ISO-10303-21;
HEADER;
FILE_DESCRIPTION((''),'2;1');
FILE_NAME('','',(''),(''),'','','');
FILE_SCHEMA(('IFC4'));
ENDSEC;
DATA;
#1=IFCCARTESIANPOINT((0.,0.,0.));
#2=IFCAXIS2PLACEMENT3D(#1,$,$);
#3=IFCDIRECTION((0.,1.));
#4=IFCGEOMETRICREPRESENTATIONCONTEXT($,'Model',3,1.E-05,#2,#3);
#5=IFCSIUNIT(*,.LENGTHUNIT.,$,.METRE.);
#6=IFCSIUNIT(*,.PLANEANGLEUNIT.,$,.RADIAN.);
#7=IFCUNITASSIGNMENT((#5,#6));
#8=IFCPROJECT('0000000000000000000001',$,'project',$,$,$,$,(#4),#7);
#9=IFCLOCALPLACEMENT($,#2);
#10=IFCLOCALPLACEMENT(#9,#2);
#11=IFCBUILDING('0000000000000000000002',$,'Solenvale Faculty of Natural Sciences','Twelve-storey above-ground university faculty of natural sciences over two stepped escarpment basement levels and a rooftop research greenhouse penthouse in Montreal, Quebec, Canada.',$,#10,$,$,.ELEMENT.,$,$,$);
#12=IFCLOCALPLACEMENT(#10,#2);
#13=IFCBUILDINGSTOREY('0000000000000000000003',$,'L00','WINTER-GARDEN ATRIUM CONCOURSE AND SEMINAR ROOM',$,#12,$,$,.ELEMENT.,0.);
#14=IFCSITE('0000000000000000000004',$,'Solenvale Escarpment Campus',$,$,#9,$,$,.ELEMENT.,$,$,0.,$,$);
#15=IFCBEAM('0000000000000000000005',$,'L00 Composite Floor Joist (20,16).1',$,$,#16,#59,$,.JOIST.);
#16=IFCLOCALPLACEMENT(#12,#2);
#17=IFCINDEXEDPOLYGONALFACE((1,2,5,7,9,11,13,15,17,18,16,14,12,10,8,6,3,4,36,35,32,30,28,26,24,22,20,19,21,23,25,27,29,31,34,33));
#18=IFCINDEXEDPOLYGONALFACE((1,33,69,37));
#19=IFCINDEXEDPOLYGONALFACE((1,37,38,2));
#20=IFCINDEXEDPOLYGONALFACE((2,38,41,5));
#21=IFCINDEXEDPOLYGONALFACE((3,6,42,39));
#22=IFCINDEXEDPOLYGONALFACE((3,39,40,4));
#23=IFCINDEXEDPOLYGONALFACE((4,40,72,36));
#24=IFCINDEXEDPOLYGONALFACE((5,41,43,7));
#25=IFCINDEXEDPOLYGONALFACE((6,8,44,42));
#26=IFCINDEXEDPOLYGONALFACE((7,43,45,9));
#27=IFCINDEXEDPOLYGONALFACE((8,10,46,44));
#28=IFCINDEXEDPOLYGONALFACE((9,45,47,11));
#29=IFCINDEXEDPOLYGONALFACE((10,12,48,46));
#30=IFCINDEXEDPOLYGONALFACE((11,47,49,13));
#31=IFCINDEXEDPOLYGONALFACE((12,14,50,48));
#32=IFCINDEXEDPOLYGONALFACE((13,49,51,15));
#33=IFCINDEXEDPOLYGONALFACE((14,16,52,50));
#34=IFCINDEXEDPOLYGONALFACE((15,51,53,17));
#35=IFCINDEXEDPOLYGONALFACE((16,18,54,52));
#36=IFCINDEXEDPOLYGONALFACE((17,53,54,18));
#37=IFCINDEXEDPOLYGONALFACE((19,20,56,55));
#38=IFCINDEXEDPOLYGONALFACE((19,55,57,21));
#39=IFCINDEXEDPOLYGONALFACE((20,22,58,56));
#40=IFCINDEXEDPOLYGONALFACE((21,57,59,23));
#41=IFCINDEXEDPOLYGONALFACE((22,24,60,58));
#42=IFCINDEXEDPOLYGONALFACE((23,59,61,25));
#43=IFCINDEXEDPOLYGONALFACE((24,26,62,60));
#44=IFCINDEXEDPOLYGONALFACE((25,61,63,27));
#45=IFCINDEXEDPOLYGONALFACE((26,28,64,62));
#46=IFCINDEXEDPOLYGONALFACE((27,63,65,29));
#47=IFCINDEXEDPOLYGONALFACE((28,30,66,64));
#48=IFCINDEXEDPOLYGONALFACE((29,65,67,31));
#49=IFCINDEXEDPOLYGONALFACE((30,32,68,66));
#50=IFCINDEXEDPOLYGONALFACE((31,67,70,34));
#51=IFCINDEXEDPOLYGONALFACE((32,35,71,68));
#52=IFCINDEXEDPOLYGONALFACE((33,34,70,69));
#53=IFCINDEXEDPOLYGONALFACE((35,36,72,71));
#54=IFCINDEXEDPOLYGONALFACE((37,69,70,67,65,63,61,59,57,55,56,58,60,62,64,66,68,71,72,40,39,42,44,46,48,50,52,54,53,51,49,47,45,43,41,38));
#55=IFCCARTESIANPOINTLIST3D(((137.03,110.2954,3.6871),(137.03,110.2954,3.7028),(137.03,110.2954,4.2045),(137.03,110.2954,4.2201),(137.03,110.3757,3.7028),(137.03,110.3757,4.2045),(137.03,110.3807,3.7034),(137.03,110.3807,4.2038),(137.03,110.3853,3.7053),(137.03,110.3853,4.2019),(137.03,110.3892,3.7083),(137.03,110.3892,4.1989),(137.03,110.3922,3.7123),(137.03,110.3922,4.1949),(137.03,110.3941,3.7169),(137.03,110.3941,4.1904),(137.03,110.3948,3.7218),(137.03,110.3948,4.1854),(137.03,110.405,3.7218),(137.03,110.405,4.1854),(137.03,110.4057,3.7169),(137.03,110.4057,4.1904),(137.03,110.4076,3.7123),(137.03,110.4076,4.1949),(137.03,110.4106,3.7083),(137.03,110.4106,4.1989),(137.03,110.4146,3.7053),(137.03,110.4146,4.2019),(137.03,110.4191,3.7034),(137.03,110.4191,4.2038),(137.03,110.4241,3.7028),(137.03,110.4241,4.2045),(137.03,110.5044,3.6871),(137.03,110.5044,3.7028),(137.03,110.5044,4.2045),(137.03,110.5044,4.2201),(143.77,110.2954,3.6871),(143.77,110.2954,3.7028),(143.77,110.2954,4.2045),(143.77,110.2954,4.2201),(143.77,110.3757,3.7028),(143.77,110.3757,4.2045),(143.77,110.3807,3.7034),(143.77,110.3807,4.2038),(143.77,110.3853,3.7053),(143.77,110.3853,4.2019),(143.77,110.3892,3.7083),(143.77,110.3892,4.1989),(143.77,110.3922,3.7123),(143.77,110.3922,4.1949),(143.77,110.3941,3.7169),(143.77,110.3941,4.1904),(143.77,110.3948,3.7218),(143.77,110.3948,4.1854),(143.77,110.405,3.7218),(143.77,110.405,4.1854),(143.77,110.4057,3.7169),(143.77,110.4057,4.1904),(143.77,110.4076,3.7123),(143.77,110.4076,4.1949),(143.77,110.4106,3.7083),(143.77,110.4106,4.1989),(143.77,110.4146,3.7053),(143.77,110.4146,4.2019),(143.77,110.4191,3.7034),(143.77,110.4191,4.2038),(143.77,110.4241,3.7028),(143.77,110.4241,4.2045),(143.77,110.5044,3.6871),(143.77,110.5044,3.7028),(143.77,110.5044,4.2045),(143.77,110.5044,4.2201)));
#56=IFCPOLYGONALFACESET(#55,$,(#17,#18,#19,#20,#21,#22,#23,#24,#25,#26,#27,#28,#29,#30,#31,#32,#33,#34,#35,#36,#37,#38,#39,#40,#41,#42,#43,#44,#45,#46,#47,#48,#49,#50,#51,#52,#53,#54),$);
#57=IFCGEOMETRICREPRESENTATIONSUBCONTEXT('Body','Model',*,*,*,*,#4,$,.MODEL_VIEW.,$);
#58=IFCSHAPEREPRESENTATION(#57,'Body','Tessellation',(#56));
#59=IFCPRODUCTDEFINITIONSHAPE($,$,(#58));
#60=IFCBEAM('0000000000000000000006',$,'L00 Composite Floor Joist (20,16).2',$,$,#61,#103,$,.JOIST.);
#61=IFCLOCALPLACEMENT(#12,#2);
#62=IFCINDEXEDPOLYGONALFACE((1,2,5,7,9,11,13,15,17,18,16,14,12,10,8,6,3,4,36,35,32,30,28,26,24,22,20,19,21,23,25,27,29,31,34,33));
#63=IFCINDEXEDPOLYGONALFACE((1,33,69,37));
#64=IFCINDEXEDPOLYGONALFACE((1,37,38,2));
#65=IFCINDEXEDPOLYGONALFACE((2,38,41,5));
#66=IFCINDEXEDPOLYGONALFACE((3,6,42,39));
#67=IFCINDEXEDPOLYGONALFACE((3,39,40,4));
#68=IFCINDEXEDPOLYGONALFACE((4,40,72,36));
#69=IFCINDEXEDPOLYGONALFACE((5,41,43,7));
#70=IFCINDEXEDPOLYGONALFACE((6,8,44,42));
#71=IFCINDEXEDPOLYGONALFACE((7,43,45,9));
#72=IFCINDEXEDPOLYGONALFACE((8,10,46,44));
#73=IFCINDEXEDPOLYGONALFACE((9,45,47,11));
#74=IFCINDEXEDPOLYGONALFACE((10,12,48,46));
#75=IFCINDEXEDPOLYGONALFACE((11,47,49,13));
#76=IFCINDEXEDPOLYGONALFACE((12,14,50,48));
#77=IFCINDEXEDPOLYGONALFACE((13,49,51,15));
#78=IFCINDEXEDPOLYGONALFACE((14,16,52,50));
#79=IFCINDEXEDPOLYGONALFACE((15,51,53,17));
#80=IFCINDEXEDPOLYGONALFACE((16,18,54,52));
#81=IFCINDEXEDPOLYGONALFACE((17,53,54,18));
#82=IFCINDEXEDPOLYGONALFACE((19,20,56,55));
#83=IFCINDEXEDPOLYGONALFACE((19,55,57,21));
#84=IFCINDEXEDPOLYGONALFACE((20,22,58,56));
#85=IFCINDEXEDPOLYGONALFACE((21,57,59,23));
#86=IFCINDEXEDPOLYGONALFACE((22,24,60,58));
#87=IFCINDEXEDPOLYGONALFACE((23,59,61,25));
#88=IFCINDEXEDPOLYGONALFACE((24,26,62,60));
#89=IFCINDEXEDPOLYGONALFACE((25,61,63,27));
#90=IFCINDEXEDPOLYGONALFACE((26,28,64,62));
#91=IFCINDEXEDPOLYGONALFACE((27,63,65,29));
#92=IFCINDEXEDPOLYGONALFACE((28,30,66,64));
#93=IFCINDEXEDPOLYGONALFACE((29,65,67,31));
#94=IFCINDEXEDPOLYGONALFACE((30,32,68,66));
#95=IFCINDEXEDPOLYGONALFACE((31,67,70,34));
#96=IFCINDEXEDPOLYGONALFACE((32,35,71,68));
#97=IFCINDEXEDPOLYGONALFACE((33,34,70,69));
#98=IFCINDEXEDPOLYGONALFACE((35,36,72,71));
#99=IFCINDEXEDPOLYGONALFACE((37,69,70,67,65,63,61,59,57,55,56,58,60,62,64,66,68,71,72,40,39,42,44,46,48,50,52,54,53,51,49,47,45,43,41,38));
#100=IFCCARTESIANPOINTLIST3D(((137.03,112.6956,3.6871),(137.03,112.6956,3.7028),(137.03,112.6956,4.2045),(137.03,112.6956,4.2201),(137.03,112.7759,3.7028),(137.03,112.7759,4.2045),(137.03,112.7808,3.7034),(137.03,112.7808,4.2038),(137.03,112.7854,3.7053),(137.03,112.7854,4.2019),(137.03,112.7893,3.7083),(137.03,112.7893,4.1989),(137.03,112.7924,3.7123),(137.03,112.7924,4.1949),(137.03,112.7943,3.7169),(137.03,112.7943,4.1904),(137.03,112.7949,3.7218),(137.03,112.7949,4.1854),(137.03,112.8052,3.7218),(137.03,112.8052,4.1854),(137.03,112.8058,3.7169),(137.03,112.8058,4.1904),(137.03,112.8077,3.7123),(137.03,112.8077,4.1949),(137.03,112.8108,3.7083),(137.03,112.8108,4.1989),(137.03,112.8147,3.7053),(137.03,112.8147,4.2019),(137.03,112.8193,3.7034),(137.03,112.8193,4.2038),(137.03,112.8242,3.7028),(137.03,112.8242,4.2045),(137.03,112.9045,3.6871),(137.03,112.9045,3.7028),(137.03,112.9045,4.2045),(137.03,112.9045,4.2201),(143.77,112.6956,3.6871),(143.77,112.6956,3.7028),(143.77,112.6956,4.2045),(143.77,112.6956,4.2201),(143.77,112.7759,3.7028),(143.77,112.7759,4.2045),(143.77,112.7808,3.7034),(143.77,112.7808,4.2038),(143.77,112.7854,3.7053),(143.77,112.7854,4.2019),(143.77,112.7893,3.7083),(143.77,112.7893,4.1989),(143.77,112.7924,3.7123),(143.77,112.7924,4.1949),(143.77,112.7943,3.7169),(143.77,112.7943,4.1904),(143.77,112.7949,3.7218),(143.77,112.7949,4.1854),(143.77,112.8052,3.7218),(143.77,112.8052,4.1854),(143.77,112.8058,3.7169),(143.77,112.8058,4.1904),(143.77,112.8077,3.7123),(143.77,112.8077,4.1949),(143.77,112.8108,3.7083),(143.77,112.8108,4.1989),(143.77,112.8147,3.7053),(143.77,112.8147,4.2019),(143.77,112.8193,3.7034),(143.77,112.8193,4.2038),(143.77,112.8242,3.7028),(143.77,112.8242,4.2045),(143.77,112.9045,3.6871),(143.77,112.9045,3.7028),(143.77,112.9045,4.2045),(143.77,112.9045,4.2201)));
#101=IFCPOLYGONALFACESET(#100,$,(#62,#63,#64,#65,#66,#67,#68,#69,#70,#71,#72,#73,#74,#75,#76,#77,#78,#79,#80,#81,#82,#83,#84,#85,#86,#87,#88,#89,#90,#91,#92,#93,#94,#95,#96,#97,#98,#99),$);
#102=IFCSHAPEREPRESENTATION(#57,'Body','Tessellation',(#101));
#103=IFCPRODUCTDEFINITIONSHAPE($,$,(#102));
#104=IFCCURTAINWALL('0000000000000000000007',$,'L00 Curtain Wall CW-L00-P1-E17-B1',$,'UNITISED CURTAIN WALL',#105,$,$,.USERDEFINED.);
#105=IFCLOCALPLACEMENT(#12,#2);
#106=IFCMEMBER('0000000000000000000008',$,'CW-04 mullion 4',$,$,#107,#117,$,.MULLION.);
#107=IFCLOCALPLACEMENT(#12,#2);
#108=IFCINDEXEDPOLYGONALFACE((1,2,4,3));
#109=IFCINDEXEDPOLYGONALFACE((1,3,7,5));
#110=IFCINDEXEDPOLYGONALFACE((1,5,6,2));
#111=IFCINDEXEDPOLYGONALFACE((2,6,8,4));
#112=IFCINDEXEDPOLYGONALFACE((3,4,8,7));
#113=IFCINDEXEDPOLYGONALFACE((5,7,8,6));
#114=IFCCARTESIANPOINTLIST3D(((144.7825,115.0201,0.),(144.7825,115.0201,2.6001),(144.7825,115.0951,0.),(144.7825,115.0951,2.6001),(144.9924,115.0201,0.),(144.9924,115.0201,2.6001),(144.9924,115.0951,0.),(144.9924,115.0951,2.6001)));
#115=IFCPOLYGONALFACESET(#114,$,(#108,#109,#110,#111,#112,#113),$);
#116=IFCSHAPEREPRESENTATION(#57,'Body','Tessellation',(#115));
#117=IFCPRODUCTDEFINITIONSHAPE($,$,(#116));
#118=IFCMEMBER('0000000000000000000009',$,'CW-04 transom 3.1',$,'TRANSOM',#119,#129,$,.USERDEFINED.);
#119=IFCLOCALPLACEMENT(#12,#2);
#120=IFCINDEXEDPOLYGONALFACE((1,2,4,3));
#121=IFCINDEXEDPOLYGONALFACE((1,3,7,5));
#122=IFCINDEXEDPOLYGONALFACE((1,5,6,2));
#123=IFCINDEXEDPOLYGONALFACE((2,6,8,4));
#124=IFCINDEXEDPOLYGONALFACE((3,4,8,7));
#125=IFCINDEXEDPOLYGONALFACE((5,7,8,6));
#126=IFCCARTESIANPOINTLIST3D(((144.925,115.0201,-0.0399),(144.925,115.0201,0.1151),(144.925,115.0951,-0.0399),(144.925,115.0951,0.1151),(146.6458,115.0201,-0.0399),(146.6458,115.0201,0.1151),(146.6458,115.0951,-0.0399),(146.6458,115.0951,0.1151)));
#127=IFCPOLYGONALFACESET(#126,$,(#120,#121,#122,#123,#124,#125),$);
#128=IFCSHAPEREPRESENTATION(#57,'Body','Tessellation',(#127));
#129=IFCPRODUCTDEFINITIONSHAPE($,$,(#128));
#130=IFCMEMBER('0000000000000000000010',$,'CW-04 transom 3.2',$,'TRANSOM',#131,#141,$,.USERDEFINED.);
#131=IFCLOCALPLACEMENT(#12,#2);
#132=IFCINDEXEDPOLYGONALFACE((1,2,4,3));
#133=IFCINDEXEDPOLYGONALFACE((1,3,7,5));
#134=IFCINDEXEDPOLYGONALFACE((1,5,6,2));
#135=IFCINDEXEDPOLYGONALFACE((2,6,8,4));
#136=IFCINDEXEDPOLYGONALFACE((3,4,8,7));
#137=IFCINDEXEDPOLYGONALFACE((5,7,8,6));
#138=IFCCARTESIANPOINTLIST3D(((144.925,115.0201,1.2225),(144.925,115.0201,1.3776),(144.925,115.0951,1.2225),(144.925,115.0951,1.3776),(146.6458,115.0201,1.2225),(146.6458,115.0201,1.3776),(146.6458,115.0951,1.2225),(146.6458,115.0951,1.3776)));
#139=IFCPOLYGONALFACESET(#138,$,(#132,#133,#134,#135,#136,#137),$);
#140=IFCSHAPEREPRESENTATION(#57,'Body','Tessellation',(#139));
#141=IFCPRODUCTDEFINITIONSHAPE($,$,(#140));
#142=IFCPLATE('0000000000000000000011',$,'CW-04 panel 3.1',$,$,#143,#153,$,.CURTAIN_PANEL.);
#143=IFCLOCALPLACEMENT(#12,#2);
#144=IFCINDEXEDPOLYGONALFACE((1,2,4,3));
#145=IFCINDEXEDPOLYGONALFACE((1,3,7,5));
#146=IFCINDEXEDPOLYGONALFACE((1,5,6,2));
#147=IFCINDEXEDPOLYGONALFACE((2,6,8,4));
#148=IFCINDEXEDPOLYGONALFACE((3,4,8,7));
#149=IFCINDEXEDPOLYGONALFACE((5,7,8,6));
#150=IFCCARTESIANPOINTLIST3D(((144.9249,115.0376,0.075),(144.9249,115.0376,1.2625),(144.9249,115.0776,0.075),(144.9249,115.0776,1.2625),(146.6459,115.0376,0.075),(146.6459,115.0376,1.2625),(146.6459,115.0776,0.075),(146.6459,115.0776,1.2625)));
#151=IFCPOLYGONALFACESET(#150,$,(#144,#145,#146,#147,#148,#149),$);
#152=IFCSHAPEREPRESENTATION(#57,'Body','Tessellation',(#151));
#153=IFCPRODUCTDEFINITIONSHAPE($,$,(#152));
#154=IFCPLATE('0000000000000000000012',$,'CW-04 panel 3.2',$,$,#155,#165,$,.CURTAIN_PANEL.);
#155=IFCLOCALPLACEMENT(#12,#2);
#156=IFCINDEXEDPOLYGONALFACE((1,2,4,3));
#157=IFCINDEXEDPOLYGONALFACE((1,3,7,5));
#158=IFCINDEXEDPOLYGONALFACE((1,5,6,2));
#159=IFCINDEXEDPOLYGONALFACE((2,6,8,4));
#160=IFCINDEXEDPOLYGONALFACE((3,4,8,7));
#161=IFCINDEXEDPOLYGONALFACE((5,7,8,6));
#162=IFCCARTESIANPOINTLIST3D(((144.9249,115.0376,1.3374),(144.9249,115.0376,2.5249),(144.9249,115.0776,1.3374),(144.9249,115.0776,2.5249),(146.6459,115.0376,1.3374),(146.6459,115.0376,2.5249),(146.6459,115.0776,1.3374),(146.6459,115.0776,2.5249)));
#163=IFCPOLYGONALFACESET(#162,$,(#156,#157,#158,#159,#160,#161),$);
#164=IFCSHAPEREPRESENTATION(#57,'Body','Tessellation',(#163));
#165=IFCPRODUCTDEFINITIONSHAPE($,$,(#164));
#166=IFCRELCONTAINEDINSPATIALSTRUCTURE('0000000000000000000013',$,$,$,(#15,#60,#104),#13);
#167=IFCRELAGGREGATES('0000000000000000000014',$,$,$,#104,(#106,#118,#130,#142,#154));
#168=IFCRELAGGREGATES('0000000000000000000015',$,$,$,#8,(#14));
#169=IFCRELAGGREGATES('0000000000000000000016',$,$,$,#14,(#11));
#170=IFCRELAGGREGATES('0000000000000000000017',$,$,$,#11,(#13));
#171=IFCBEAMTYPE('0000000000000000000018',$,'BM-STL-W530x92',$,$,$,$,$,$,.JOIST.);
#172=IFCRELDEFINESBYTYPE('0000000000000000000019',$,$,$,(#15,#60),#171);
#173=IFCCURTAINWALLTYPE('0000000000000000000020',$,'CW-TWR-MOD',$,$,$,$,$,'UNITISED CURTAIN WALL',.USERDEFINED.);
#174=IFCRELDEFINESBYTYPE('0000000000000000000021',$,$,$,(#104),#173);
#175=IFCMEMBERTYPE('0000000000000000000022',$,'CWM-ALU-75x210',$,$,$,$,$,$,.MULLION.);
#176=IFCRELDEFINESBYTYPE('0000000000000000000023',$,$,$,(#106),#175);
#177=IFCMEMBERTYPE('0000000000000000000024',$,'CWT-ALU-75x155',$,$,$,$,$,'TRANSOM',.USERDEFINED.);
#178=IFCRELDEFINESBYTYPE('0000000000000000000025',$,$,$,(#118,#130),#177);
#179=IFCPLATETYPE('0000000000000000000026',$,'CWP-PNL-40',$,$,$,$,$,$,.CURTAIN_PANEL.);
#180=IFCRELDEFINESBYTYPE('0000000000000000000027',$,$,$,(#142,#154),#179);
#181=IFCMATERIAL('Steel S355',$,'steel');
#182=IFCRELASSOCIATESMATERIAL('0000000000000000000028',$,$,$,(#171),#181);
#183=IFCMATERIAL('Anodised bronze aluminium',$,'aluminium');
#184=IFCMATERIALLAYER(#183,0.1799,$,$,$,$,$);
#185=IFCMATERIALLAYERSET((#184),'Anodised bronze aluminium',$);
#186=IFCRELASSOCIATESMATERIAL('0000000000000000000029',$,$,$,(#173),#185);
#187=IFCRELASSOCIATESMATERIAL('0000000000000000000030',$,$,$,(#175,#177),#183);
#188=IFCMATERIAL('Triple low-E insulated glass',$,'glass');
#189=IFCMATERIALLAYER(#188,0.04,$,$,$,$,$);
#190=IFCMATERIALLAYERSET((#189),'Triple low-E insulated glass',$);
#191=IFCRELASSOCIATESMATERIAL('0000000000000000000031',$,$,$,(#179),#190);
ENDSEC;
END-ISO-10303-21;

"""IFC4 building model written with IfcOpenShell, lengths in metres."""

from ifc_helpers import new_model, si_unit, direction, frame, origin, origin_2d, place, context, subcontext, project, spatial, rectangle, i_section, extrude, material, layer, layer_set, material_profile, profile_set, type_object, element, aggregate, save


model = new_model("IFC4")

# Units and contexts
model_context = context("Model", 3, precision=1e-05, world=origin(), true_north=direction((0.0, 1.0)))
body_context = subcontext(model_context, "Body", "Model", "MODEL_VIEW")
ifc_project = project(units=[si_unit("LENGTHUNIT", "METRE"), si_unit("PLANEANGLEUNIT", "RADIAN")], contexts=[model_context])

# Site, building, storey
site_placement = place(None, origin())
site = spatial("IfcSite", under=ifc_project, at=site_placement, Name="Solenvale Escarpment Campus", CompositionType="ELEMENT", RefElevation=0.0)
building_placement = place(site_placement, origin())
building = spatial("IfcBuilding", under=site, at=building_placement, Name="Solenvale Faculty of Natural Sciences", Description="Twelve-storey above-ground university faculty of natural sciences over two stepped escarpment basement levels and a rooftop research greenhouse penthouse in Montreal, Quebec, Canada.", CompositionType="ELEMENT")
storey_placement = place(building_placement, origin())
storey = spatial("IfcBuildingStorey", under=building, at=storey_placement, Name="L00", Description="WINTER-GARDEN ATRIUM CONCOURSE AND SEMINAR ROOM", CompositionType="ELEMENT", Elevation=0.0)

# Beams
ifc_material_1 = material(Name="Steel S355", Category="steel")
ifc_material_profile_1 = material_profile(ifc_material_1, i_section(OverallWidth=0.209, OverallDepth=0.533, WebThickness=0.0103, FlangeThickness=0.0156, FilletRadius=0.019, at=origin_2d()), Name="W530x92")
ifc_profile_set_1 = profile_set([ifc_material_profile_1], Name="Steel S355")
beam_type_1 = type_object("IfcBeamType", Name="BM-STL-W530x92", PredefinedType="JOIST", material=ifc_profile_set_1)
for number, where, z_axis, x_axis, name in (
    (1, (137.03, 110.3999, 3.9536), (1.0, 0.0, 0.0), (0.0, 1.0, 0.0), "L00 Composite Floor Joist (20,16).1"),
    (2, (137.03, 112.8, 3.9536), (1.0, 0.0, 0.0), (0.0, 1.0, 0.0), "L00 Composite Floor Joist (20,16).2"),
):
    element("IfcBeam", number, at=place(storey_placement, frame(where, z_axis=z_axis, x_axis=x_axis)), inside=storey, type_object=beam_type_1, Name=name, PredefinedType="JOIST", context=body_context, shape_type="SweptSolid", body=[
        extrude(i_section(OverallWidth=0.209, OverallDepth=0.533, WebThickness=0.0103, FlangeThickness=0.0156, FilletRadius=0.019, at=origin_2d()), origin(), (0.0, 0.0, 1.0), 6.74),
    ])

# Curtain wall, members, plates
ifc_material_2 = material(Name="Anodised bronze aluminium", Category="aluminium")
ifc_layer_1 = layer(ifc_material_2, 0.1799)
ifc_layer_set_1 = layer_set([ifc_layer_1], Name="Anodised bronze aluminium")
curtain_wall_type = type_object("IfcCurtainWallType", Name="CW-TWR-MOD", ElementType="UNITISED CURTAIN WALL", PredefinedType="USERDEFINED", material=ifc_layer_set_1)
curtain_wall_placement = place(storey_placement, origin())
curtain_wall = element("IfcCurtainWall", 3, at=curtain_wall_placement, inside=storey, type_object=curtain_wall_type, Name="L00 Curtain Wall CW-L00-P1-E17-B1", ObjectType="UNITISED CURTAIN WALL", PredefinedType="USERDEFINED")
ifc_material_profile_2 = material_profile(ifc_material_2, rectangle(XDim=0.075, YDim=0.21, at=origin_2d()), Name="ALU-MUL-75x210")
ifc_profile_set_2 = profile_set([ifc_material_profile_2], Name="Anodised bronze aluminium")
member_type_1 = type_object("IfcMemberType", Name="CWM-ALU-75x210", PredefinedType="MULLION", material=ifc_profile_set_2)
member_1_placement = place(storey_placement, frame((144.8875, 115.0576, 0.0), z_axis=(0.0, 0.0, 1.0), x_axis=(0.0, -1.0, 0.0)))
member_1 = element("IfcMember", 4, at=member_1_placement, type_object=member_type_1, Name="CW-04 mullion 4", PredefinedType="MULLION", context=body_context, shape_type="SweptSolid", body=[
    extrude(rectangle(XDim=0.075, YDim=0.21, at=origin_2d()), origin(), (0.0, 0.0, 1.0), 2.6001),
])
ifc_material_profile_3 = material_profile(ifc_material_2, rectangle(XDim=0.075, YDim=0.155, at=origin_2d()), Name="ALU-TRN-75x155")
ifc_profile_set_3 = profile_set([ifc_material_profile_3], Name="Anodised bronze aluminium")
member_type_2 = type_object("IfcMemberType", Name="CWT-ALU-75x155", ElementType="TRANSOM", PredefinedType="USERDEFINED", material=ifc_profile_set_3)
member_2_placement = place(storey_placement, frame((146.6458, 115.0576, 0.0376), z_axis=(-1.0, 0.0, 0.0), x_axis=(0.0, -1.0, 0.0)))
member_2 = element("IfcMember", 5, at=member_2_placement, type_object=member_type_2, Name="CW-04 transom 3.1", ObjectType="TRANSOM", PredefinedType="USERDEFINED", context=body_context, shape_type="SweptSolid", body=[
    extrude(rectangle(XDim=0.075, YDim=0.155, at=origin_2d()), origin(), (0.0, 0.0, 1.0), 1.7207),
])
member_3_placement = place(storey_placement, frame((146.6458, 115.0576, 1.3), z_axis=(-1.0, 0.0, 0.0), x_axis=(0.0, -1.0, 0.0)))
member_3 = element("IfcMember", 6, at=member_3_placement, type_object=member_type_2, Name="CW-04 transom 3.2", ObjectType="TRANSOM", PredefinedType="USERDEFINED", context=body_context, shape_type="SweptSolid", body=[
    extrude(rectangle(XDim=0.075, YDim=0.155, at=origin_2d()), origin(), (0.0, 0.0, 1.0), 1.7207),
])
ifc_material_3 = material(Name="Triple low-E insulated glass", Category="glass")
ifc_layer_2 = layer(ifc_material_3, 0.04)
ifc_layer_set_2 = layer_set([ifc_layer_2], Name="Triple low-E insulated glass")
plate_type = type_object("IfcPlateType", Name="CWP-PNL-40", PredefinedType="CURTAIN_PANEL", material=ifc_layer_set_2)
plate_1_placement = place(storey_placement, frame((145.7854, 115.0576, 0.075), z_axis=(0.0, 0.0, 1.0), x_axis=(-1.0, 0.0, 0.0)))
plate_1 = element("IfcPlate", 7, at=plate_1_placement, type_object=plate_type, Name="CW-04 panel 3.1", PredefinedType="CURTAIN_PANEL", context=body_context, shape_type="SweptSolid", body=[
    extrude(rectangle(XDim=1.7209, YDim=0.04, at=origin_2d()), origin(), (0.0, 0.0, 1.0), 1.1875),
])
plate_2_placement = place(storey_placement, frame((145.7854, 115.0576, 1.3374), z_axis=(0.0, 0.0, 1.0), x_axis=(-1.0, 0.0, 0.0)))
plate_2 = element("IfcPlate", 8, at=plate_2_placement, type_object=plate_type, Name="CW-04 panel 3.2", PredefinedType="CURTAIN_PANEL", context=body_context, shape_type="SweptSolid", body=[
    extrude(rectangle(XDim=1.7209, YDim=0.04, at=origin_2d()), origin(), (0.0, 0.0, 1.0), 1.1875),
])
aggregate(curtain_wall, [member_1, member_2, member_3, plate_1, plate_2])

save(model, "model.ifc")
